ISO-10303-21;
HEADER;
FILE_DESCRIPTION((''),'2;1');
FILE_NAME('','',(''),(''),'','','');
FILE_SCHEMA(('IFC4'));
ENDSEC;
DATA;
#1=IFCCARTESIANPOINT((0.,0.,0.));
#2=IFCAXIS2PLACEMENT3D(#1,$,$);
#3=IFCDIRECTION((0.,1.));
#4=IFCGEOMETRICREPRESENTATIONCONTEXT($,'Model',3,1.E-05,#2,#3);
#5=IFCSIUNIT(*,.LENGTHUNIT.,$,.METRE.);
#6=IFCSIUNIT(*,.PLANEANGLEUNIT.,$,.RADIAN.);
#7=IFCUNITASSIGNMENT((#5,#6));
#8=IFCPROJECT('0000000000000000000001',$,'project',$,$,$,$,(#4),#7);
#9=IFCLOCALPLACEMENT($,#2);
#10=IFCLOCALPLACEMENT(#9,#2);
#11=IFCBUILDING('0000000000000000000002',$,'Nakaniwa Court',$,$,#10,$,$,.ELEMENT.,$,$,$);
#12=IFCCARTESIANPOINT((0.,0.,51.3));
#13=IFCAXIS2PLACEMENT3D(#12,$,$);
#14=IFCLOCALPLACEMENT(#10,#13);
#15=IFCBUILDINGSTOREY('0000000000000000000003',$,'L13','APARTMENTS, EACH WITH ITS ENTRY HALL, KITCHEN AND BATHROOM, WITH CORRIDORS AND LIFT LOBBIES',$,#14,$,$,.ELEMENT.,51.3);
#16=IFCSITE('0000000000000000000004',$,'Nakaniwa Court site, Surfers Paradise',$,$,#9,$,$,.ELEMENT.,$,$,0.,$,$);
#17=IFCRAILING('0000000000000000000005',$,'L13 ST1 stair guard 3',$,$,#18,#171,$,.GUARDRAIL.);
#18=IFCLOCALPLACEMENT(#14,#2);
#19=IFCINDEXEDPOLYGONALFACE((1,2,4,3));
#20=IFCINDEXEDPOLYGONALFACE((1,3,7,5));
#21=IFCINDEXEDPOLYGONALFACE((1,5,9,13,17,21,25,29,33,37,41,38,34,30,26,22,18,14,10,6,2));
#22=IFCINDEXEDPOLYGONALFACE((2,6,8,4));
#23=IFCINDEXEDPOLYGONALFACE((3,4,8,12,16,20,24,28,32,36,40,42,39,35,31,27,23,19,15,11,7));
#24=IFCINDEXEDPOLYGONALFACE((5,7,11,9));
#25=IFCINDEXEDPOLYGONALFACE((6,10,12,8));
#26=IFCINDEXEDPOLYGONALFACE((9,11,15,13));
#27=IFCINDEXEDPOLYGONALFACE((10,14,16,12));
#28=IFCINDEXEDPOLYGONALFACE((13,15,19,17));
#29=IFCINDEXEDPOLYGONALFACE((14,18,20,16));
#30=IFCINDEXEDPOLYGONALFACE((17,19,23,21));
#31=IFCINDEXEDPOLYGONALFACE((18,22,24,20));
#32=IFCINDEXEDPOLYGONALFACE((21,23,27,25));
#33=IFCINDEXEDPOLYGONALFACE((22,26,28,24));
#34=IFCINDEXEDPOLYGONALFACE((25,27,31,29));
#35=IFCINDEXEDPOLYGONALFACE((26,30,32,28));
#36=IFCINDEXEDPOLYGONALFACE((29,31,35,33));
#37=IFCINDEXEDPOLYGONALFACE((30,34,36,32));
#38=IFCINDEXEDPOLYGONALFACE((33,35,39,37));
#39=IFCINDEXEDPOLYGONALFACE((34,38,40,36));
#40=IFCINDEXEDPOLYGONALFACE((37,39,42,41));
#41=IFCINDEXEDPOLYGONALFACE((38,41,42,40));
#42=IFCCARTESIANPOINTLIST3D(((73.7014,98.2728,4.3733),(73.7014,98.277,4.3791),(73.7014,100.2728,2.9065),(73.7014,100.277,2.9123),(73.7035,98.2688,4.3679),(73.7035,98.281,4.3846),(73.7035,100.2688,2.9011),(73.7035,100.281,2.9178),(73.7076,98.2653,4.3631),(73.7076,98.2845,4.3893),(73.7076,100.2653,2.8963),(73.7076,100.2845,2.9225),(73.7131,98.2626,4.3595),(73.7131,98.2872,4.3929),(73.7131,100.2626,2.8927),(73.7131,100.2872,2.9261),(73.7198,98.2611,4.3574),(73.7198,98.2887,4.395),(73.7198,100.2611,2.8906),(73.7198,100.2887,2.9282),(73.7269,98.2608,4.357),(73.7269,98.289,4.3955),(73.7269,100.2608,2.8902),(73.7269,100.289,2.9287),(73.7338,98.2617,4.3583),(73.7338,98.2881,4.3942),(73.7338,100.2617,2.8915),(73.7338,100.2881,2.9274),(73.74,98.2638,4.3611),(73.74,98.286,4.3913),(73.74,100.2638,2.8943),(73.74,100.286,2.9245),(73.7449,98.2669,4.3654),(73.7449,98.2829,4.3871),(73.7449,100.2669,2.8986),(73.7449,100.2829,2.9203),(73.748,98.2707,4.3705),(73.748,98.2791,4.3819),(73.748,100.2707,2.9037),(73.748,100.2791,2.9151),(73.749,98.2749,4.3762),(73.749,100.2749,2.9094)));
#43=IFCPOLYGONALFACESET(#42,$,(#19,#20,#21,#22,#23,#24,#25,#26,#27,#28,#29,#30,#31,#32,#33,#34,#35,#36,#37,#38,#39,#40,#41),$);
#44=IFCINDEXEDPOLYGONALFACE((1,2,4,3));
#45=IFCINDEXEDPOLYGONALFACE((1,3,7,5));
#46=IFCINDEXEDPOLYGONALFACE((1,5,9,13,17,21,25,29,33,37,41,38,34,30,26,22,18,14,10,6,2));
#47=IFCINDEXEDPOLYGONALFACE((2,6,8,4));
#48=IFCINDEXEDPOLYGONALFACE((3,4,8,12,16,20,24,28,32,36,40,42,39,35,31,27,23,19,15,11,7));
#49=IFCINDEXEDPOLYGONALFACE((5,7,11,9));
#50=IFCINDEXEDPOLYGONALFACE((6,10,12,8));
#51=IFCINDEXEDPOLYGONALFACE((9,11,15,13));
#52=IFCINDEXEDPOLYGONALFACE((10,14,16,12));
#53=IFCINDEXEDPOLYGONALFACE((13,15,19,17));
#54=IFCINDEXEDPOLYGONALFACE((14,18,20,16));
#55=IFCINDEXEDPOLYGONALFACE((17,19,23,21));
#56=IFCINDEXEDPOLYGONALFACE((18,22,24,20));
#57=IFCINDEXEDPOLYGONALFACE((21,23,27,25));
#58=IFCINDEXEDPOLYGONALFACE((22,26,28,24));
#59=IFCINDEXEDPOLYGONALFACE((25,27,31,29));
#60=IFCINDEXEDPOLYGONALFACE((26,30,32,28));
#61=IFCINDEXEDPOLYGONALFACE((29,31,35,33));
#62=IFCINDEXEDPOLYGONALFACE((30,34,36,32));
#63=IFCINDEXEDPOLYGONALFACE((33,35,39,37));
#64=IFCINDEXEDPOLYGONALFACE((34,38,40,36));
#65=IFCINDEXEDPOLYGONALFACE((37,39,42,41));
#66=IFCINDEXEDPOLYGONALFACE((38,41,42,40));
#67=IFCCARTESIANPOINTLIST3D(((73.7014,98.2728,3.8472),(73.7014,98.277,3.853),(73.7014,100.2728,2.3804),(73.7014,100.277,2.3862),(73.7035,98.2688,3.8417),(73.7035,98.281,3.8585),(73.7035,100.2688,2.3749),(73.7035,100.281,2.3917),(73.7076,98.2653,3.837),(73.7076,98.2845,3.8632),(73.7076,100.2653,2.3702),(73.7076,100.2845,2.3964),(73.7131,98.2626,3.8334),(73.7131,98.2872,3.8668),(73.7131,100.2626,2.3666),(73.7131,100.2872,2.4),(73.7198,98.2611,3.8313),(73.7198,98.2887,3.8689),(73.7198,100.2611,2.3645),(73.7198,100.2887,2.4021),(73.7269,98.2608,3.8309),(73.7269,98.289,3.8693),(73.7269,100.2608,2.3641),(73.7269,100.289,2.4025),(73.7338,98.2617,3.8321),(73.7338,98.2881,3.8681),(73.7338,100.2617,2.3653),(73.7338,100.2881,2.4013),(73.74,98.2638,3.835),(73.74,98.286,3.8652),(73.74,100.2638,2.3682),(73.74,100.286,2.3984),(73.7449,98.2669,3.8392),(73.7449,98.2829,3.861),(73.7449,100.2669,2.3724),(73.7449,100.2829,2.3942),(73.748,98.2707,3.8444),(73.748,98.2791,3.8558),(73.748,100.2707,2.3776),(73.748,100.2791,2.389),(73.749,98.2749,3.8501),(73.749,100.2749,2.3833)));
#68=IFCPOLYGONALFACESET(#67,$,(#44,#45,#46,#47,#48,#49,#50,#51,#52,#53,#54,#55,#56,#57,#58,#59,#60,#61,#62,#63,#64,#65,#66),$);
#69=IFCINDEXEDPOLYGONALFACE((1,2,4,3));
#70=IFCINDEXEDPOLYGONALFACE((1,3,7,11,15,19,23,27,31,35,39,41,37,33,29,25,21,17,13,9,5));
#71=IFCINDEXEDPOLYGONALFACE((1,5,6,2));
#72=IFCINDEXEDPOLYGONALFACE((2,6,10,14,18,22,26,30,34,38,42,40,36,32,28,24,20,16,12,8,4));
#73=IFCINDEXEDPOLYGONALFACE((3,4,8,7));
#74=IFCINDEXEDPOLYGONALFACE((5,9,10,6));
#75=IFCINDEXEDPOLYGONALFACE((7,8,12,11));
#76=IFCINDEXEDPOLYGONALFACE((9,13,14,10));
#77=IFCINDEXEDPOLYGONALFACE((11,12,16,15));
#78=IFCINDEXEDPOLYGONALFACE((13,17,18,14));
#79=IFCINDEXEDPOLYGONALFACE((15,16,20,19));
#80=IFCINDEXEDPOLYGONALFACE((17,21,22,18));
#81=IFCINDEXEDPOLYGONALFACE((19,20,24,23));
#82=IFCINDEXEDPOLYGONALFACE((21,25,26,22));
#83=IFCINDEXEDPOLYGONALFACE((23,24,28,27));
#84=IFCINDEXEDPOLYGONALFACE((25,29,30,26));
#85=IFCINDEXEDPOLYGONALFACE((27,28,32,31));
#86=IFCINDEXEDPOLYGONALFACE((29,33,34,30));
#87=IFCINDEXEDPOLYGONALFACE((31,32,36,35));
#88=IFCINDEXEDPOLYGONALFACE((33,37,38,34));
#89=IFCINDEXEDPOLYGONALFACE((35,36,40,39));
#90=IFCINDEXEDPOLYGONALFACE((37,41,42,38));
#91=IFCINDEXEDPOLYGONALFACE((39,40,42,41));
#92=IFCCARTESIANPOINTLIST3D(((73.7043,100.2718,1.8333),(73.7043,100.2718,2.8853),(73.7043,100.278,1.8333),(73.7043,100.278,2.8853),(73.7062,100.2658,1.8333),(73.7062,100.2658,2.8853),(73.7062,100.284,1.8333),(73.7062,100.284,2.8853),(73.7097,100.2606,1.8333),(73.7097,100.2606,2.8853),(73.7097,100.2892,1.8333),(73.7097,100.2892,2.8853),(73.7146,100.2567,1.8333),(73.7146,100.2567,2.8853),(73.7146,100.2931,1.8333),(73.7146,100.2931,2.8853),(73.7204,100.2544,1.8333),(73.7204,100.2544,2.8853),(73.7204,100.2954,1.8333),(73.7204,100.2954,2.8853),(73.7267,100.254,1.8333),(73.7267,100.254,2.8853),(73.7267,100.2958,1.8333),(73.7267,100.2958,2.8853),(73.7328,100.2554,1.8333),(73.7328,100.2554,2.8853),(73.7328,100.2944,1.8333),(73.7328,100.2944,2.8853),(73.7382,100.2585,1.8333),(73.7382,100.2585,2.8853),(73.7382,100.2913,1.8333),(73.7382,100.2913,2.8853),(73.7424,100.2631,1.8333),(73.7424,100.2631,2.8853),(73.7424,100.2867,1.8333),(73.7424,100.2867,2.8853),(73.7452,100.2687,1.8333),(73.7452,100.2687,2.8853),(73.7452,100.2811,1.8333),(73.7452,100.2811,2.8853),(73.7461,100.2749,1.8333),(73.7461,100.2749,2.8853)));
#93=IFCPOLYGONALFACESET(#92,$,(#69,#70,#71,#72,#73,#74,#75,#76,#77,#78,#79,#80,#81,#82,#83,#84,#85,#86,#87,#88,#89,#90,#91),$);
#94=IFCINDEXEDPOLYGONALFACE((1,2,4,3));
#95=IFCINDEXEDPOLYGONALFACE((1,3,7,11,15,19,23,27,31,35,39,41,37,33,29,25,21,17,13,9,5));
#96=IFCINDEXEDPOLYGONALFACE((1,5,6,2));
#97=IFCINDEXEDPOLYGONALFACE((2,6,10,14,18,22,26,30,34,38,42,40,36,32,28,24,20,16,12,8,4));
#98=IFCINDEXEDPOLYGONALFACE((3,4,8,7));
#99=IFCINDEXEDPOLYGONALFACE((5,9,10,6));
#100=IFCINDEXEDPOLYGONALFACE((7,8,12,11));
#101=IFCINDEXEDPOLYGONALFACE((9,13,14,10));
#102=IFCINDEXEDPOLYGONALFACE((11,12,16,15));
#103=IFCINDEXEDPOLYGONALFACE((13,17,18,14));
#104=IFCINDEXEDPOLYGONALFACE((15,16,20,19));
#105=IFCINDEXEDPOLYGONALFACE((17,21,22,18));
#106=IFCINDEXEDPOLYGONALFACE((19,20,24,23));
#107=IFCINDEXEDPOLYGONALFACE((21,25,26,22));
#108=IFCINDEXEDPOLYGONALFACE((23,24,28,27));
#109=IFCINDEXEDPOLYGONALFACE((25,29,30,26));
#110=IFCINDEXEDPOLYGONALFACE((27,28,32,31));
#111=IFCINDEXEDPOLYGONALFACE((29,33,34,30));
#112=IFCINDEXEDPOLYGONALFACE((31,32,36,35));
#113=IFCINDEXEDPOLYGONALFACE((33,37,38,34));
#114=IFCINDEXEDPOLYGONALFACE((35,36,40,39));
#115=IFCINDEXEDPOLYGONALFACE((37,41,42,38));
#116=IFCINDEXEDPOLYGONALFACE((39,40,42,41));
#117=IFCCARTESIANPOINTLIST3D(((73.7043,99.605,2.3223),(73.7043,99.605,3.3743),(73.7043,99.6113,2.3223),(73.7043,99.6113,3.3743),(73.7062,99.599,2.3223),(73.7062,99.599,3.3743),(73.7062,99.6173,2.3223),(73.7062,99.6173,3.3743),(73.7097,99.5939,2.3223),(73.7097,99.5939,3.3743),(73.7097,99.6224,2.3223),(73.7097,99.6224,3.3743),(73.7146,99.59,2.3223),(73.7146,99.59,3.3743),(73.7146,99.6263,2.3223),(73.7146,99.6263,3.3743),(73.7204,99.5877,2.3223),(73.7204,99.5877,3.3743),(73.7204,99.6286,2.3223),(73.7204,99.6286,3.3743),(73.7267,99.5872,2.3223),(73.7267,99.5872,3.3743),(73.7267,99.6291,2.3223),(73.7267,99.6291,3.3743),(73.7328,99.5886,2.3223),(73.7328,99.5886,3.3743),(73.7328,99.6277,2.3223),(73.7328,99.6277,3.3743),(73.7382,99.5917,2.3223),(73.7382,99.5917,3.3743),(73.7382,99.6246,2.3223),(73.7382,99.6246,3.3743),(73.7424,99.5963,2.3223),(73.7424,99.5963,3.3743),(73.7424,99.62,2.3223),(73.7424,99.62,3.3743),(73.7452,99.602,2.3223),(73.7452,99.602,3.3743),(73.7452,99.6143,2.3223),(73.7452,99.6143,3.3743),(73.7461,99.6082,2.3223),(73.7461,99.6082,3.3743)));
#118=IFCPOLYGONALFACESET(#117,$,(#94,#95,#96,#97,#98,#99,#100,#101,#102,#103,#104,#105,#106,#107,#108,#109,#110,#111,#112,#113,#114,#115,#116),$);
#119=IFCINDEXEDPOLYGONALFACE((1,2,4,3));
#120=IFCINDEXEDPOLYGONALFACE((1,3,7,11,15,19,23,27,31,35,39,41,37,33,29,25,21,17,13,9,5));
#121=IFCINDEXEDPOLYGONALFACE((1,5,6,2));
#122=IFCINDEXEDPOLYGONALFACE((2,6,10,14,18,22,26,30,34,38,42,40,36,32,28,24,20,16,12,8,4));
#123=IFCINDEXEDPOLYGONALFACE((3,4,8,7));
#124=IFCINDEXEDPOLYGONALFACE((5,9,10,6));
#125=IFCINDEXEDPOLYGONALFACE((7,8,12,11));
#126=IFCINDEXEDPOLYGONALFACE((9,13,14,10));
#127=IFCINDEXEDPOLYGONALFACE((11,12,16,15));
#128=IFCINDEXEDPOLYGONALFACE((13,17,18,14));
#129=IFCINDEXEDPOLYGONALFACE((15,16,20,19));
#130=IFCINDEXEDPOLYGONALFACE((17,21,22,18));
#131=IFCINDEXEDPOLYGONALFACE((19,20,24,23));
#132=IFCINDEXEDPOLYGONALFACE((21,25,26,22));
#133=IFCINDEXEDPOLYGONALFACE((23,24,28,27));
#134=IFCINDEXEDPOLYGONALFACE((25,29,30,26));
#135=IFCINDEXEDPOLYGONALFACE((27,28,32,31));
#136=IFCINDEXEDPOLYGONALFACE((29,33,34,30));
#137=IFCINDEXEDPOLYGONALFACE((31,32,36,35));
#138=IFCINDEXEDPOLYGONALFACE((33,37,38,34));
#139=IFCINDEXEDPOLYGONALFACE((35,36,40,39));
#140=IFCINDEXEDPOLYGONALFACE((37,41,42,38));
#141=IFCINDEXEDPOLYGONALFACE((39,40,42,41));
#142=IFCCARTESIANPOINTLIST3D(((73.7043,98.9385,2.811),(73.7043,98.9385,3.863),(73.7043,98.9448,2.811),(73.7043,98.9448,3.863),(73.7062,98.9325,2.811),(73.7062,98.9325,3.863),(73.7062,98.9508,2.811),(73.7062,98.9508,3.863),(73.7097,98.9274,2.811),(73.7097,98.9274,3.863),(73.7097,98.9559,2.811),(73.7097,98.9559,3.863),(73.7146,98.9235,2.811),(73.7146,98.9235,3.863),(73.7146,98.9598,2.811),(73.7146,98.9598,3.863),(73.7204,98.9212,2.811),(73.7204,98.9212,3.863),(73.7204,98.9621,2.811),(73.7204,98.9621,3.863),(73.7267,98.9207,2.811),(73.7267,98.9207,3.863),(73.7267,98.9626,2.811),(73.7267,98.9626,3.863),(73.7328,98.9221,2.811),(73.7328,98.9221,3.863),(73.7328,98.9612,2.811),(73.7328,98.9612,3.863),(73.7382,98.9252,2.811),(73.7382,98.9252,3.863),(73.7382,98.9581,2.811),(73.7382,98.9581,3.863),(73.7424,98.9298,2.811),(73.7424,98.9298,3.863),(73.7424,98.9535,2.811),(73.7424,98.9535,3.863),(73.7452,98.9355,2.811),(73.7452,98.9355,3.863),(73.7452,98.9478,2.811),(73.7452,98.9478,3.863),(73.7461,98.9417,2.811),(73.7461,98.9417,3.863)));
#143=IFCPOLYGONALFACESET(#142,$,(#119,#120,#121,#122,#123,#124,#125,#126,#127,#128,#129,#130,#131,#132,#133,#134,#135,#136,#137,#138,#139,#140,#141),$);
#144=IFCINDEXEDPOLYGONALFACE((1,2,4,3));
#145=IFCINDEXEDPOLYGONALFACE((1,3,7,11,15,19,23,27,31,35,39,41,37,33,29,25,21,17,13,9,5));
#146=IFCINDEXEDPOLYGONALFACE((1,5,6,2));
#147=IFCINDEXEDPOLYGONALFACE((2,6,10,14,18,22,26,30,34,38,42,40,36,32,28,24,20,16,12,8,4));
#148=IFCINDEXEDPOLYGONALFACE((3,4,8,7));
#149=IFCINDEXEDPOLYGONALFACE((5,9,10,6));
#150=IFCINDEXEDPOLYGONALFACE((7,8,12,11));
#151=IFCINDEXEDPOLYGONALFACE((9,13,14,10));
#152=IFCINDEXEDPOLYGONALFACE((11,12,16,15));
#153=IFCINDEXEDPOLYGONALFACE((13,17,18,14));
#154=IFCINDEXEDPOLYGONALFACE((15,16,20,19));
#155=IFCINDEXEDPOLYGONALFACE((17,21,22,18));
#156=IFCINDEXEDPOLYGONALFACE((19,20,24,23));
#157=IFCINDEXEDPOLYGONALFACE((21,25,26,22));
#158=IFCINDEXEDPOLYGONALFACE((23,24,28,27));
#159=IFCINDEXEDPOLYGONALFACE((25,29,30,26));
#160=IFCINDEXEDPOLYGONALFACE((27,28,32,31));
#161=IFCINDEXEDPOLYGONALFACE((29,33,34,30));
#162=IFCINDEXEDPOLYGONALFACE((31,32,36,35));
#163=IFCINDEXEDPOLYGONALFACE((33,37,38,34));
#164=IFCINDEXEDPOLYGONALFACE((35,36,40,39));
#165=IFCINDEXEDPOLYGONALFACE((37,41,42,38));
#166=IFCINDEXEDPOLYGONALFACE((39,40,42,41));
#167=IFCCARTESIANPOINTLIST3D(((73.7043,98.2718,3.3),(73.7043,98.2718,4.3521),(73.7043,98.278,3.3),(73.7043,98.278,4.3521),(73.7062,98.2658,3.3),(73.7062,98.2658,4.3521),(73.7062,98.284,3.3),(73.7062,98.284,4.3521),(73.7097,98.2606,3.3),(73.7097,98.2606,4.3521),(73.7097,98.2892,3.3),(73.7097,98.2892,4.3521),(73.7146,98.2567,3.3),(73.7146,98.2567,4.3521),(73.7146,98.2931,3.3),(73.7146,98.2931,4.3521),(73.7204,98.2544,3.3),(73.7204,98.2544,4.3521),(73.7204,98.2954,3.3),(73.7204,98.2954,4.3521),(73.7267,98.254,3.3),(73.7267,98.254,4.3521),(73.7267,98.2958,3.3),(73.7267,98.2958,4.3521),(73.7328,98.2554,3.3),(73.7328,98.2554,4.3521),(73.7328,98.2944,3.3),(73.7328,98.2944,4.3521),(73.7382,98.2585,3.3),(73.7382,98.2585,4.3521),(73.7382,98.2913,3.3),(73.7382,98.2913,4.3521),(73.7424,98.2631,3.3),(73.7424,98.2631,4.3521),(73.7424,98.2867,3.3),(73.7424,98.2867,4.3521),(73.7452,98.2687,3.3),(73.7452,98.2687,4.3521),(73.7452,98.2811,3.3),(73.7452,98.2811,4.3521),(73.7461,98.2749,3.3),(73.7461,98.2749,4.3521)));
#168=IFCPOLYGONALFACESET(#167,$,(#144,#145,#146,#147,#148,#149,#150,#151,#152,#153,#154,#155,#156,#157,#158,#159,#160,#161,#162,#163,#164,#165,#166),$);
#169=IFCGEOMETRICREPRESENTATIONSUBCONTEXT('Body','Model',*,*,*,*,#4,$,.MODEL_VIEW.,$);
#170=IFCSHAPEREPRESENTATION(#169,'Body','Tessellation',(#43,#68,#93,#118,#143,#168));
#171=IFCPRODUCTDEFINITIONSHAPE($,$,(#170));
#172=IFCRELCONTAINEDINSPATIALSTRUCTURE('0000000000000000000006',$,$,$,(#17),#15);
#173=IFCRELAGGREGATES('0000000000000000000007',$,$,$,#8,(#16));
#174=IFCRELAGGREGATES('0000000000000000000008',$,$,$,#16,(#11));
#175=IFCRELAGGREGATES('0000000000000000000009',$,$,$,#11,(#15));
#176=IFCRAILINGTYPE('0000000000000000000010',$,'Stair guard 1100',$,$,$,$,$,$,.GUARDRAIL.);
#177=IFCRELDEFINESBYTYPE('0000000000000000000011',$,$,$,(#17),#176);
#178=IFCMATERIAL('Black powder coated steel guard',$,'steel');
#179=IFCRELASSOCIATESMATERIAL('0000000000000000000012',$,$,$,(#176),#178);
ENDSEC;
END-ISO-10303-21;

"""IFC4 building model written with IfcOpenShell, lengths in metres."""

from ifc_helpers import new_model, si_unit, direction, frame, origin, origin_2d, place, context, subcontext, project, spatial, circle, extrude, material, type_object, element, save


model = new_model("IFC4")

# Units and contexts
model_context = context("Model", 3, precision=1e-05, world=origin(), true_north=direction((0.0, 1.0)))
body_context = subcontext(model_context, "Body", "Model", "MODEL_VIEW")
ifc_project = project(units=[si_unit("LENGTHUNIT", "METRE"), si_unit("PLANEANGLEUNIT", "RADIAN")], contexts=[model_context])

# Site, building, storey
site_placement = place(None, origin())
site = spatial("IfcSite", under=ifc_project, at=site_placement, Name="Nakaniwa Court site, Surfers Paradise", CompositionType="ELEMENT", RefElevation=0.0)
building_placement = place(site_placement, origin())
building = spatial("IfcBuilding", under=site, at=building_placement, Name="Nakaniwa Court", CompositionType="ELEMENT")
storey_placement = place(building_placement, frame((0.0, 0.0, 51.3)))
storey = spatial("IfcBuildingStorey", under=building, at=storey_placement, Name="L13", Description="APARTMENTS, EACH WITH ITS ENTRY HALL, KITCHEN AND BATHROOM, WITH CORRIDORS AND LIFT LOBBIES", CompositionType="ELEMENT", Elevation=51.3)

# Railing
ifc_material_1 = material(Name="Black powder coated steel guard", Category="steel")
railing_type_1 = type_object("IfcRailingType", Name="Stair guard 1100", PredefinedType="GUARDRAIL", material=ifc_material_1)
railing_1_placement = place(storey_placement, frame((73.7251, 100.2749, 1.8333)))
element("IfcRailing", 1, at=railing_1_placement, inside=storey, type_object=railing_type_1, Name="L13 ST1 stair guard 3", PredefinedType="GUARDRAIL", context=body_context, shape_type="SweptSolid", body=[
    extrude(circle(Radius=0.0239, at=origin_2d()), frame((0.0, 0.0, 1.0762), z_axis=(0.0, -0.80638, 0.591398), x_axis=(1.0, 0.0, 0.0)), (0.0, 0.0, 1.0), 2.4802),
    extrude(circle(Radius=0.0239, at=origin_2d()), frame((0.0, 0.0, 0.55), z_axis=(0.0, -0.80638, 0.591398), x_axis=(1.0, 0.0, 0.0)), (0.0, 0.0, 1.0), 2.4802),
    extrude(circle(Radius=0.021, at=origin_2d()), origin(), (0.0, 0.0, 1.0), 1.052),
    extrude(circle(Radius=0.021, at=origin_2d()), frame((0.0, -0.6667, 0.489)), (0.0, 0.0, 1.0), 1.052),
    extrude(circle(Radius=0.021, at=origin_2d()), frame((0.0, -1.3333, 0.9778)), (0.0, 0.0, 1.0), 1.052),
    extrude(circle(Radius=0.021, at=origin_2d()), frame((0.0, -2.0, 1.4668)), (0.0, 0.0, 1.0), 1.052),
])

save(model, "model.ifc")
